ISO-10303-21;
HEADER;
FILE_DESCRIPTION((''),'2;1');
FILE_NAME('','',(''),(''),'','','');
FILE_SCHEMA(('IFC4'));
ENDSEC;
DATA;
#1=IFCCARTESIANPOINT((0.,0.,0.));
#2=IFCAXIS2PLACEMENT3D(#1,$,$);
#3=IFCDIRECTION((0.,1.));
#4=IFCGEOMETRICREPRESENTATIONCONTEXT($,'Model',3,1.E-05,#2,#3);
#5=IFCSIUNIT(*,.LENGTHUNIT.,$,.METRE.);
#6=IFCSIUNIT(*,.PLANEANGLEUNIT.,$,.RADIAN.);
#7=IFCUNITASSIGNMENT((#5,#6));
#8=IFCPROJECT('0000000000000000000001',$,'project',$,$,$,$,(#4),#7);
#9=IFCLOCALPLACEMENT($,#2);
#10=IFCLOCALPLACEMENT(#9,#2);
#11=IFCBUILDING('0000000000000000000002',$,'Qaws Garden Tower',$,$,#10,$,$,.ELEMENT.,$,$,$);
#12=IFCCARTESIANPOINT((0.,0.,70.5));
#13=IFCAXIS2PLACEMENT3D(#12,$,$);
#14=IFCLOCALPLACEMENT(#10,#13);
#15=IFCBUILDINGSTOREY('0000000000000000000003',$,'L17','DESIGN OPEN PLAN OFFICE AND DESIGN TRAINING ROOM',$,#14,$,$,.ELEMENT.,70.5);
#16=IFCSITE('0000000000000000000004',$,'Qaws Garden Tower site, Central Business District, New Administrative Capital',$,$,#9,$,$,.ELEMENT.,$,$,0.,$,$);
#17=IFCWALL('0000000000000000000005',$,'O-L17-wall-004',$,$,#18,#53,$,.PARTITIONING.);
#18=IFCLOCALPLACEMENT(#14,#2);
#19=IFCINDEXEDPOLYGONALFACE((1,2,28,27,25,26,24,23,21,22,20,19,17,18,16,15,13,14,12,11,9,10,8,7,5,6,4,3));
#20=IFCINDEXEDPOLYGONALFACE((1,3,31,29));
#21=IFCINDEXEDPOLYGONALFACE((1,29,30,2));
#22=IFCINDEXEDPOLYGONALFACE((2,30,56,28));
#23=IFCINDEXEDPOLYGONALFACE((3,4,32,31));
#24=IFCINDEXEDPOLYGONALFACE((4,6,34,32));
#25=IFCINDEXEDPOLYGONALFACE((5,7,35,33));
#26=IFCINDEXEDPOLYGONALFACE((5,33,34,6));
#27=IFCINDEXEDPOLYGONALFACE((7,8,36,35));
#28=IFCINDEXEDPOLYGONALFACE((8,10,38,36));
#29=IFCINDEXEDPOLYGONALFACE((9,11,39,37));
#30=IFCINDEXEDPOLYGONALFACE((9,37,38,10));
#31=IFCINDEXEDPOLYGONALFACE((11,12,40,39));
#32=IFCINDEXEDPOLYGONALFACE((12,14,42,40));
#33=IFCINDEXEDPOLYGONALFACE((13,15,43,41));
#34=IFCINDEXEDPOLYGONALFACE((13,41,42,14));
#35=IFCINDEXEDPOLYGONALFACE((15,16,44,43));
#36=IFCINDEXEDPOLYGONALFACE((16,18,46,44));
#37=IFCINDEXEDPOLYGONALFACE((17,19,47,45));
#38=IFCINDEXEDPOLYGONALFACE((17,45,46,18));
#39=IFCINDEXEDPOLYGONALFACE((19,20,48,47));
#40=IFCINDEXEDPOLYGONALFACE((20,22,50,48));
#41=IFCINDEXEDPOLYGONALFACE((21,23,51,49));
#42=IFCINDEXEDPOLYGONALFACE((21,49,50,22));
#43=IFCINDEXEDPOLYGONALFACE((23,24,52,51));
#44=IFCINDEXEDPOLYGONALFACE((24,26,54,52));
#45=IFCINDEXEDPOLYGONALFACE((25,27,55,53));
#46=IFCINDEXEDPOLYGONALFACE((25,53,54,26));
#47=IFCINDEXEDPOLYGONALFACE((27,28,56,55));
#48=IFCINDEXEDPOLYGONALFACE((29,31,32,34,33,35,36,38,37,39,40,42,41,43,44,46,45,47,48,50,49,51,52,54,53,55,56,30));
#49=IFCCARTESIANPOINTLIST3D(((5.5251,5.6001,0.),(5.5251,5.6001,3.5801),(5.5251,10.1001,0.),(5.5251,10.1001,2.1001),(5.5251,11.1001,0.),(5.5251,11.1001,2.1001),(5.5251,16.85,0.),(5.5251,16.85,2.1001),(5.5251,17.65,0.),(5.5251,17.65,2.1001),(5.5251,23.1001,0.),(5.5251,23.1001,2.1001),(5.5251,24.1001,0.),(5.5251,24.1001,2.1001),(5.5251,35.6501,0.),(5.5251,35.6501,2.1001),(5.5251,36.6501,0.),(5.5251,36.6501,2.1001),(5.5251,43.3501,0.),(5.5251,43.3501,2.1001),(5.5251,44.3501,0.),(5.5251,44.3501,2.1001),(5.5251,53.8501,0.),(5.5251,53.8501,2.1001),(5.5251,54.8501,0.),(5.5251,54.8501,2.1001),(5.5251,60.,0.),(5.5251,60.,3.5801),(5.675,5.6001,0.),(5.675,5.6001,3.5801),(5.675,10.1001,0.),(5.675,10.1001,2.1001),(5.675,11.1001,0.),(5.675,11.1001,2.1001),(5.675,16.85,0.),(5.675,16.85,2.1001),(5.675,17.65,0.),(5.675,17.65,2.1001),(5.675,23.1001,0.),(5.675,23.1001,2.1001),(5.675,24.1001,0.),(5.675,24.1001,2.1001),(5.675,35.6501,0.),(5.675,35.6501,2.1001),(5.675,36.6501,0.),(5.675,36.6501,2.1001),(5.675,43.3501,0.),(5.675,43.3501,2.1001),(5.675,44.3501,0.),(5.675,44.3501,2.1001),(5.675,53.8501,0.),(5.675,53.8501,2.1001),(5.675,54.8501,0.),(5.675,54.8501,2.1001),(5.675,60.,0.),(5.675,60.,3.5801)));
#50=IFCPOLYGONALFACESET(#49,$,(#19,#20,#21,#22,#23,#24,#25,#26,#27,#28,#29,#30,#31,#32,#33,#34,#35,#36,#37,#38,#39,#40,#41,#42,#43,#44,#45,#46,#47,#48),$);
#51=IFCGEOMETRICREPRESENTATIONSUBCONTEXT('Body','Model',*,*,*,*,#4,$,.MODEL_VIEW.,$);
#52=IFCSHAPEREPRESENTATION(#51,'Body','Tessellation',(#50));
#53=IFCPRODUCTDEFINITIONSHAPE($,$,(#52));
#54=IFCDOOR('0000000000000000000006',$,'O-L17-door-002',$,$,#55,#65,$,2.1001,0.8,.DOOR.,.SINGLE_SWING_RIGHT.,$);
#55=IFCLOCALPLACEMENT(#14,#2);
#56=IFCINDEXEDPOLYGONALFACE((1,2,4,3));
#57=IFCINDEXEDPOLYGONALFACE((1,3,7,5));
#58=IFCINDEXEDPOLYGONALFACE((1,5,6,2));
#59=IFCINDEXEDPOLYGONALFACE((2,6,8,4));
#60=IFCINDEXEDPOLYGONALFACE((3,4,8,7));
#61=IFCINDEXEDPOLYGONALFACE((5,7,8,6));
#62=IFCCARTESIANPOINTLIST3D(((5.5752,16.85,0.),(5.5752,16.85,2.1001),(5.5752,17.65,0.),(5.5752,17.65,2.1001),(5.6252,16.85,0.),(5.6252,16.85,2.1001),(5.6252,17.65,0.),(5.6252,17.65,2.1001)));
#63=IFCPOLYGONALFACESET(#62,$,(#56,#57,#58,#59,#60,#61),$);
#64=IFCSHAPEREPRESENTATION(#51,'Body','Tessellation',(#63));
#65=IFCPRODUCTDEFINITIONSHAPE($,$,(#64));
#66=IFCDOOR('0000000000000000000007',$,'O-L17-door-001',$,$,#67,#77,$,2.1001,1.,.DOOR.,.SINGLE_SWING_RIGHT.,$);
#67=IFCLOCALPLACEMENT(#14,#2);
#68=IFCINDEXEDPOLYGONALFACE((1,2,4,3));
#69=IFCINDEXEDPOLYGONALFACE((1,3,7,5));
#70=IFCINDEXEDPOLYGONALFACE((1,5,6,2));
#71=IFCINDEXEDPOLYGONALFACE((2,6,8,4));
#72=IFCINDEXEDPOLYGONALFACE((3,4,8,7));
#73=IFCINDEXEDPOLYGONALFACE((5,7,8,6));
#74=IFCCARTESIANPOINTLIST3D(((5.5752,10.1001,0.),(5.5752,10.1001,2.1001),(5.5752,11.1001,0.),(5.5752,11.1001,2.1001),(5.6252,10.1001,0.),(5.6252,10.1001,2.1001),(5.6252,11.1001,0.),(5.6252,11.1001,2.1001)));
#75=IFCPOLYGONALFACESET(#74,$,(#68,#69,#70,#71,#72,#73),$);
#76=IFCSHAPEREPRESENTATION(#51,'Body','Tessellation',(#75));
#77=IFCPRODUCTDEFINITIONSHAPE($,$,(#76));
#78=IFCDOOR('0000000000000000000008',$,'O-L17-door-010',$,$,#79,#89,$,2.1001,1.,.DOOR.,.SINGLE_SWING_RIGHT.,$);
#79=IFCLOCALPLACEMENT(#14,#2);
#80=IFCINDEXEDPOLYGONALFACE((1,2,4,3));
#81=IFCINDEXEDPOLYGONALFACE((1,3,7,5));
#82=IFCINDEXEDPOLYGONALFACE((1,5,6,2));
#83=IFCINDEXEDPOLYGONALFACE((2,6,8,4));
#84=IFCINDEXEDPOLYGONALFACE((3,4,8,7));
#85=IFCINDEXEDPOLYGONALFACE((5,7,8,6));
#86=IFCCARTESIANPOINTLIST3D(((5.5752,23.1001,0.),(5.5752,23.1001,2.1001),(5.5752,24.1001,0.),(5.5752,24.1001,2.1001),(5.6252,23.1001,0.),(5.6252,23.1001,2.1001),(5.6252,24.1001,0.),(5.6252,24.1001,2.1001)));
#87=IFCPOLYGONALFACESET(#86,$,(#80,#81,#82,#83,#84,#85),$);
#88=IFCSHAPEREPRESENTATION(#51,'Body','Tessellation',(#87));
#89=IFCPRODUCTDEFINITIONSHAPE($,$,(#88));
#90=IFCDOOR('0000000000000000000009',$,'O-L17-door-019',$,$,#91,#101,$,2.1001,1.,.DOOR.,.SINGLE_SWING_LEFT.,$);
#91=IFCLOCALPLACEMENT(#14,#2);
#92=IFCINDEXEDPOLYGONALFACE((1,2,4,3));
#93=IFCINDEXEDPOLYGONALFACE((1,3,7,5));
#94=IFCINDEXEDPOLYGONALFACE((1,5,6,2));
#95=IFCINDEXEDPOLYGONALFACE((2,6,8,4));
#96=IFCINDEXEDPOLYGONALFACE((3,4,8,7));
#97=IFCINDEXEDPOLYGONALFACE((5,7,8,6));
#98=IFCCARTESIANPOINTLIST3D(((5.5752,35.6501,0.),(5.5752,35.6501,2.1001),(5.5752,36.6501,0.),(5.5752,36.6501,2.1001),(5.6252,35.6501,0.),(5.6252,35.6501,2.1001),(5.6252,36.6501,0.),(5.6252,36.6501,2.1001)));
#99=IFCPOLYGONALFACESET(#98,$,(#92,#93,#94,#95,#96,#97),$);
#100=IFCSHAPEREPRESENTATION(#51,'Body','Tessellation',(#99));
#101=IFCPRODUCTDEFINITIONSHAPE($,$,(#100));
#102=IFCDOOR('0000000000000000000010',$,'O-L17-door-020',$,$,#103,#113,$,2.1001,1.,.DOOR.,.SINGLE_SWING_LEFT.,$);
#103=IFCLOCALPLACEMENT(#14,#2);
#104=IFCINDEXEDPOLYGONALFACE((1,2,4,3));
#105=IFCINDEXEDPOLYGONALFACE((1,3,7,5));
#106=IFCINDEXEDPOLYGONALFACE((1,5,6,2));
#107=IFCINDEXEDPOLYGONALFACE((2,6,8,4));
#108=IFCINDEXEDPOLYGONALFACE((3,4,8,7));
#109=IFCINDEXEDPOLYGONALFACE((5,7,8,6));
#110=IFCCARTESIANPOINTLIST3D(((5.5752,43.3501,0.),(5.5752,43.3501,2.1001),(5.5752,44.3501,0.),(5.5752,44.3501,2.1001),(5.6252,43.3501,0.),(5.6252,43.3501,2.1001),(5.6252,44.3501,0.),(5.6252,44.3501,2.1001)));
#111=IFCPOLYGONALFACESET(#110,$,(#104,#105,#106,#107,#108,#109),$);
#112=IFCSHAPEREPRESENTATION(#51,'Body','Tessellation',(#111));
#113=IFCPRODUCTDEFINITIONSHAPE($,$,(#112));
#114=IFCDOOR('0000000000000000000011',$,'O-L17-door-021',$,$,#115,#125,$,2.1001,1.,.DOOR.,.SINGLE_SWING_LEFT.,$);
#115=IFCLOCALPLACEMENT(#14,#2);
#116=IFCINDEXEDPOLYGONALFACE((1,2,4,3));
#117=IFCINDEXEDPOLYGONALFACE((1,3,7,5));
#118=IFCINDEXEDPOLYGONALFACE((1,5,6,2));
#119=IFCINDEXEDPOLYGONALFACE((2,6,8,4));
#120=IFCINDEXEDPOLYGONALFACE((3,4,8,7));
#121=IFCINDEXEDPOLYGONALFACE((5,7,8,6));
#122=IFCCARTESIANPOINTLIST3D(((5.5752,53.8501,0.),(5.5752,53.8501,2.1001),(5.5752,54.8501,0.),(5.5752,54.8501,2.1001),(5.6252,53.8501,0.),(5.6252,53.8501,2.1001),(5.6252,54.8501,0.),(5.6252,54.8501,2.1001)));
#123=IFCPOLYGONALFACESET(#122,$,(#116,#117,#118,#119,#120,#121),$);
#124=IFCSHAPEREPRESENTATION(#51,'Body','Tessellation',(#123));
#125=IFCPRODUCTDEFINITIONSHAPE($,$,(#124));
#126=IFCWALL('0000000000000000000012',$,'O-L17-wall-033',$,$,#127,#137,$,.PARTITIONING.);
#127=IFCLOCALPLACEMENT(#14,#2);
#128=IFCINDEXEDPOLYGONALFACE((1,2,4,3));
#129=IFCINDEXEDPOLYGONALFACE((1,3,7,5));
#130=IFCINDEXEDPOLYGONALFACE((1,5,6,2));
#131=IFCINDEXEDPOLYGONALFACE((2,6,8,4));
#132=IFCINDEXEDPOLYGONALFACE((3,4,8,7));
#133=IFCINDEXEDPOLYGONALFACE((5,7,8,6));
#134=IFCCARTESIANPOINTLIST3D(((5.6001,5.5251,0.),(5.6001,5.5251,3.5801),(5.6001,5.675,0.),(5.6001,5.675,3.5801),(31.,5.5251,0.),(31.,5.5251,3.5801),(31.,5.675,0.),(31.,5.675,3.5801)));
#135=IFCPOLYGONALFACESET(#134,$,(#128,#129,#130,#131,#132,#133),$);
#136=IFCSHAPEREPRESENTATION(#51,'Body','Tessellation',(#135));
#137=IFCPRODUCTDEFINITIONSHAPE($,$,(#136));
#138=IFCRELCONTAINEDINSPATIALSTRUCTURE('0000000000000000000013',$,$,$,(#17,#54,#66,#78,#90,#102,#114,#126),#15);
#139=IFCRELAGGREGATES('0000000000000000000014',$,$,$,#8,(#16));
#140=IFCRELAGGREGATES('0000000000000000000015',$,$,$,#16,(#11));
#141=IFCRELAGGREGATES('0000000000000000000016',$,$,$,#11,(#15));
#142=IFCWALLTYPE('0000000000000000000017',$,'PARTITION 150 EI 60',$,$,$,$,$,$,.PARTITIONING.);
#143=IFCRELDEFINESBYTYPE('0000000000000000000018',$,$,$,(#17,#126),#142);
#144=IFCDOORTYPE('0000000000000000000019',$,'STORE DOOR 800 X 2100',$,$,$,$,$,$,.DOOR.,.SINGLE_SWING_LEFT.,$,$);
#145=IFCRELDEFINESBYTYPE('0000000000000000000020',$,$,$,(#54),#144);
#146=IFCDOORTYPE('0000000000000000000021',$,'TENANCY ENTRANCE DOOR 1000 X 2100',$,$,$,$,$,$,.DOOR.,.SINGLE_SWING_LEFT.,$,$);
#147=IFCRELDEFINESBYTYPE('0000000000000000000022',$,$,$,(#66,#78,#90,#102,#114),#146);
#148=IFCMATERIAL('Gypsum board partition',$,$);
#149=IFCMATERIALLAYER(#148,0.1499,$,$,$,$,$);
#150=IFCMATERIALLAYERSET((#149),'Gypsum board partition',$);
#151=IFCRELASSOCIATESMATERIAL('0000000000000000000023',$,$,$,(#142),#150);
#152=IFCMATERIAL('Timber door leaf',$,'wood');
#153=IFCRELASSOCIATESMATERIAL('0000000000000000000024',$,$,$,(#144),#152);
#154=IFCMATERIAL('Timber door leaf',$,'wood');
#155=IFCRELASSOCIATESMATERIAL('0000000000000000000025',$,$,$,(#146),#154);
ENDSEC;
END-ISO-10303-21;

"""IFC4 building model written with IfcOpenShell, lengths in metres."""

from ifc_helpers import new_model, si_unit, direction, frame, frame_2d, origin, place, context, subcontext, project, spatial, rectangle, extrude, material, layer, layer_set, type_object, element, fill, save


model = new_model("IFC4")

# Units and contexts
model_context = context("Model", 3, precision=1e-05, world=origin(), true_north=direction((0.0, 1.0)))
body_context = subcontext(model_context, "Body", "Model", "MODEL_VIEW")
ifc_project = project(units=[si_unit("LENGTHUNIT", "METRE"), si_unit("PLANEANGLEUNIT", "RADIAN")], contexts=[model_context])

# Site, building, storey
site_placement = place(None, origin())
site = spatial("IfcSite", under=ifc_project, at=site_placement, Name="Qaws Garden Tower site, Central Business District, New Administrative Capital", CompositionType="ELEMENT", RefElevation=0.0)
building_placement = place(site_placement, origin())
building = spatial("IfcBuilding", under=site, at=building_placement, Name="Qaws Garden Tower", CompositionType="ELEMENT")
storey_placement = place(building_placement, frame((0.0, 0.0, 70.5)))
storey = spatial("IfcBuildingStorey", under=building, at=storey_placement, Name="L17", Description="DESIGN OPEN PLAN OFFICE AND DESIGN TRAINING ROOM", CompositionType="ELEMENT", Elevation=70.5)

# Wall, openings, doors
ifc_material_1 = material(Name="Gypsum board partition")
ifc_layer_1 = layer(ifc_material_1, 0.1499)
ifc_layer_set_1 = layer_set([ifc_layer_1], Name="Gypsum board partition")
wall_type_1 = type_object("IfcWallType", Name="PARTITION 150 EI 60", PredefinedType="PARTITIONING", material=ifc_layer_set_1)
wall_1_placement = place(storey_placement, frame((5.6001, 5.6001, 0.0), z_axis=(0.0, 0.0, 1.0), x_axis=(0.0, 1.0, 0.0)))
wall_1 = element("IfcWall", 1, at=wall_1_placement, inside=storey, type_object=wall_type_1, Name="O-L17-wall-004", PredefinedType="PARTITIONING", context=body_context, shape_type="SweptSolid", body=[
    extrude(rectangle(XDim=54.3999, YDim=0.1499, at=frame_2d((27.2, 0.0))), origin(), (0.0, 0.0, 1.0), 3.5801),
])
opening_1_placement = place(wall_1_placement, frame((4.5, 0.0, 0.0)))
opening_1 = element("IfcOpeningElement", 2, at=opening_1_placement, cuts=wall_1, PredefinedType="OPENING", context=body_context, shape_type="SweptSolid", body=[
    extrude(rectangle(XDim=1.0, YDim=2.1001, at=frame_2d((0.5, 1.05))), frame((0.0, 0.085, 0.0), z_axis=(0.0, -1.0, 0.0), x_axis=(1.0, 0.0, 0.0)), (0.0, 0.0, 1.0), 0.1699),
])
opening_2_placement = place(wall_1_placement, frame((11.25, 0.0, 0.0)))
opening_2 = element("IfcOpeningElement", 3, at=opening_2_placement, cuts=wall_1, PredefinedType="OPENING", context=body_context, shape_type="SweptSolid", body=[
    extrude(rectangle(XDim=0.8, YDim=2.1001, at=frame_2d((0.3999, 1.05))), frame((0.0, 0.085, 0.0), z_axis=(0.0, -1.0, 0.0), x_axis=(1.0, 0.0, 0.0)), (0.0, 0.0, 1.0), 0.1699),
])
opening_3_placement = place(wall_1_placement, frame((17.5, 0.0, 0.0)))
opening_3 = element("IfcOpeningElement", 4, at=opening_3_placement, cuts=wall_1, PredefinedType="OPENING", context=body_context, shape_type="SweptSolid", body=[
    extrude(rectangle(XDim=1.0, YDim=2.1001, at=frame_2d((0.5, 1.05))), frame((0.0, 0.085, 0.0), z_axis=(0.0, -1.0, 0.0), x_axis=(1.0, 0.0, 0.0)), (0.0, 0.0, 1.0), 0.1699),
])
opening_4_placement = place(wall_1_placement, frame((30.05, 0.0, 0.0)))
opening_4 = element("IfcOpeningElement", 5, at=opening_4_placement, cuts=wall_1, PredefinedType="OPENING", context=body_context, shape_type="SweptSolid", body=[
    extrude(rectangle(XDim=1.0, YDim=2.1001, at=frame_2d((0.5, 1.05))), frame((0.0, 0.085, 0.0), z_axis=(0.0, -1.0, 0.0), x_axis=(1.0, 0.0, 0.0)), (0.0, 0.0, 1.0), 0.1699),
])
opening_5_placement = place(wall_1_placement, frame((37.75, 0.0, 0.0)))
opening_5 = element("IfcOpeningElement", 6, at=opening_5_placement, cuts=wall_1, PredefinedType="OPENING", context=body_context, shape_type="SweptSolid", body=[
    extrude(rectangle(XDim=1.0, YDim=2.1001, at=frame_2d((0.5, 1.05))), frame((0.0, 0.085, 0.0), z_axis=(0.0, -1.0, 0.0), x_axis=(1.0, 0.0, 0.0)), (0.0, 0.0, 1.0), 0.1699),
])
opening_6_placement = place(wall_1_placement, frame((48.25, 0.0, 0.0)))
opening_6 = element("IfcOpeningElement", 7, at=opening_6_placement, cuts=wall_1, PredefinedType="OPENING", context=body_context, shape_type="SweptSolid", body=[
    extrude(rectangle(XDim=1.0, YDim=2.1001, at=frame_2d((0.5, 1.05))), frame((0.0, 0.085, 0.0), z_axis=(0.0, -1.0, 0.0), x_axis=(1.0, 0.0, 0.0)), (0.0, 0.0, 1.0), 0.1699),
])
ifc_material_2 = material(Name="Timber door leaf", Category="wood")
door_type_1 = type_object("IfcDoorType", Name="STORE DOOR 800 X 2100", OperationType="SINGLE_SWING_LEFT", PredefinedType="DOOR", material=ifc_material_2)
door_1_placement = place(opening_2_placement, origin())
door_1 = element("IfcDoor", 8, at=door_1_placement, inside=storey, type_object=door_type_1, Name="O-L17-door-002", OperationType="SINGLE_SWING_RIGHT", OverallHeight=2.1001, OverallWidth=0.8, PredefinedType="DOOR", context=body_context, shape_type="SweptSolid", body=[
    extrude(rectangle(XDim=0.8, YDim=2.1001, at=frame_2d((0.3999, 1.05))), frame((0.0, 0.0249, 0.0), z_axis=(0.0, -1.0, 0.0), x_axis=(1.0, 0.0, 0.0)), (0.0, 0.0, 1.0), 0.05),
])
fill(opening_2, door_1)
ifc_material_3 = material(Name="Timber door leaf", Category="wood")
door_type_2 = type_object("IfcDoorType", Name="TENANCY ENTRANCE DOOR 1000 X 2100", OperationType="SINGLE_SWING_LEFT", PredefinedType="DOOR", material=ifc_material_3)
door_2_placement = place(opening_1_placement, origin())
door_2 = element("IfcDoor", 9, at=door_2_placement, inside=storey, type_object=door_type_2, Name="O-L17-door-001", OperationType="SINGLE_SWING_RIGHT", OverallHeight=2.1001, OverallWidth=1.0, PredefinedType="DOOR", context=body_context, shape_type="SweptSolid", body=[
    extrude(rectangle(XDim=1.0, YDim=2.1001, at=frame_2d((0.5, 1.05))), frame((0.0, 0.0249, 0.0), z_axis=(0.0, -1.0, 0.0), x_axis=(1.0, 0.0, 0.0)), (0.0, 0.0, 1.0), 0.05),
])
fill(opening_1, door_2)
door_3_placement = place(opening_3_placement, origin())
door_3 = element("IfcDoor", 10, at=door_3_placement, inside=storey, type_object=door_type_2, Name="O-L17-door-010", OperationType="SINGLE_SWING_RIGHT", OverallHeight=2.1001, OverallWidth=1.0, PredefinedType="DOOR", context=body_context, shape_type="SweptSolid", body=[
    extrude(rectangle(XDim=1.0, YDim=2.1001, at=frame_2d((0.5, 1.05))), frame((0.0, 0.0249, 0.0), z_axis=(0.0, -1.0, 0.0), x_axis=(1.0, 0.0, 0.0)), (0.0, 0.0, 1.0), 0.05),
])
fill(opening_3, door_3)
door_4_placement = place(opening_4_placement, origin())
door_4 = element("IfcDoor", 11, at=door_4_placement, inside=storey, type_object=door_type_2, Name="O-L17-door-019", OperationType="SINGLE_SWING_LEFT", OverallHeight=2.1001, OverallWidth=1.0, PredefinedType="DOOR", context=body_context, shape_type="SweptSolid", body=[
    extrude(rectangle(XDim=1.0, YDim=2.1001, at=frame_2d((0.5, 1.05))), frame((0.0, 0.0249, 0.0), z_axis=(0.0, -1.0, 0.0), x_axis=(1.0, 0.0, 0.0)), (0.0, 0.0, 1.0), 0.05),
])
fill(opening_4, door_4)
door_5_placement = place(opening_5_placement, origin())
door_5 = element("IfcDoor", 12, at=door_5_placement, inside=storey, type_object=door_type_2, Name="O-L17-door-020", OperationType="SINGLE_SWING_LEFT", OverallHeight=2.1001, OverallWidth=1.0, PredefinedType="DOOR", context=body_context, shape_type="SweptSolid", body=[
    extrude(rectangle(XDim=1.0, YDim=2.1001, at=frame_2d((0.5, 1.05))), frame((0.0, 0.0249, 0.0), z_axis=(0.0, -1.0, 0.0), x_axis=(1.0, 0.0, 0.0)), (0.0, 0.0, 1.0), 0.05),
])
fill(opening_5, door_5)
door_6_placement = place(opening_6_placement, origin())
door_6 = element("IfcDoor", 13, at=door_6_placement, inside=storey, type_object=door_type_2, Name="O-L17-door-021", OperationType="SINGLE_SWING_LEFT", OverallHeight=2.1001, OverallWidth=1.0, PredefinedType="DOOR", context=body_context, shape_type="SweptSolid", body=[
    extrude(rectangle(XDim=1.0, YDim=2.1001, at=frame_2d((0.5, 1.05))), frame((0.0, 0.0249, 0.0), z_axis=(0.0, -1.0, 0.0), x_axis=(1.0, 0.0, 0.0)), (0.0, 0.0, 1.0), 0.05),
])
fill(opening_6, door_6)

# Wall
wall_2_placement = place(storey_placement, frame((5.6001, 5.6001, 0.0), z_axis=(0.0, 0.0, 1.0), x_axis=(1.0, 0.0, 0.0)))
element("IfcWall", 14, at=wall_2_placement, inside=storey, type_object=wall_type_1, Name="O-L17-wall-033", PredefinedType="PARTITIONING", context=body_context, shape_type="SweptSolid", body=[
    extrude(rectangle(XDim=25.3999, YDim=0.1499, at=frame_2d((12.7, 0.0))), origin(), (0.0, 0.0, 1.0), 3.5801),
])

save(model, "model.ifc")
